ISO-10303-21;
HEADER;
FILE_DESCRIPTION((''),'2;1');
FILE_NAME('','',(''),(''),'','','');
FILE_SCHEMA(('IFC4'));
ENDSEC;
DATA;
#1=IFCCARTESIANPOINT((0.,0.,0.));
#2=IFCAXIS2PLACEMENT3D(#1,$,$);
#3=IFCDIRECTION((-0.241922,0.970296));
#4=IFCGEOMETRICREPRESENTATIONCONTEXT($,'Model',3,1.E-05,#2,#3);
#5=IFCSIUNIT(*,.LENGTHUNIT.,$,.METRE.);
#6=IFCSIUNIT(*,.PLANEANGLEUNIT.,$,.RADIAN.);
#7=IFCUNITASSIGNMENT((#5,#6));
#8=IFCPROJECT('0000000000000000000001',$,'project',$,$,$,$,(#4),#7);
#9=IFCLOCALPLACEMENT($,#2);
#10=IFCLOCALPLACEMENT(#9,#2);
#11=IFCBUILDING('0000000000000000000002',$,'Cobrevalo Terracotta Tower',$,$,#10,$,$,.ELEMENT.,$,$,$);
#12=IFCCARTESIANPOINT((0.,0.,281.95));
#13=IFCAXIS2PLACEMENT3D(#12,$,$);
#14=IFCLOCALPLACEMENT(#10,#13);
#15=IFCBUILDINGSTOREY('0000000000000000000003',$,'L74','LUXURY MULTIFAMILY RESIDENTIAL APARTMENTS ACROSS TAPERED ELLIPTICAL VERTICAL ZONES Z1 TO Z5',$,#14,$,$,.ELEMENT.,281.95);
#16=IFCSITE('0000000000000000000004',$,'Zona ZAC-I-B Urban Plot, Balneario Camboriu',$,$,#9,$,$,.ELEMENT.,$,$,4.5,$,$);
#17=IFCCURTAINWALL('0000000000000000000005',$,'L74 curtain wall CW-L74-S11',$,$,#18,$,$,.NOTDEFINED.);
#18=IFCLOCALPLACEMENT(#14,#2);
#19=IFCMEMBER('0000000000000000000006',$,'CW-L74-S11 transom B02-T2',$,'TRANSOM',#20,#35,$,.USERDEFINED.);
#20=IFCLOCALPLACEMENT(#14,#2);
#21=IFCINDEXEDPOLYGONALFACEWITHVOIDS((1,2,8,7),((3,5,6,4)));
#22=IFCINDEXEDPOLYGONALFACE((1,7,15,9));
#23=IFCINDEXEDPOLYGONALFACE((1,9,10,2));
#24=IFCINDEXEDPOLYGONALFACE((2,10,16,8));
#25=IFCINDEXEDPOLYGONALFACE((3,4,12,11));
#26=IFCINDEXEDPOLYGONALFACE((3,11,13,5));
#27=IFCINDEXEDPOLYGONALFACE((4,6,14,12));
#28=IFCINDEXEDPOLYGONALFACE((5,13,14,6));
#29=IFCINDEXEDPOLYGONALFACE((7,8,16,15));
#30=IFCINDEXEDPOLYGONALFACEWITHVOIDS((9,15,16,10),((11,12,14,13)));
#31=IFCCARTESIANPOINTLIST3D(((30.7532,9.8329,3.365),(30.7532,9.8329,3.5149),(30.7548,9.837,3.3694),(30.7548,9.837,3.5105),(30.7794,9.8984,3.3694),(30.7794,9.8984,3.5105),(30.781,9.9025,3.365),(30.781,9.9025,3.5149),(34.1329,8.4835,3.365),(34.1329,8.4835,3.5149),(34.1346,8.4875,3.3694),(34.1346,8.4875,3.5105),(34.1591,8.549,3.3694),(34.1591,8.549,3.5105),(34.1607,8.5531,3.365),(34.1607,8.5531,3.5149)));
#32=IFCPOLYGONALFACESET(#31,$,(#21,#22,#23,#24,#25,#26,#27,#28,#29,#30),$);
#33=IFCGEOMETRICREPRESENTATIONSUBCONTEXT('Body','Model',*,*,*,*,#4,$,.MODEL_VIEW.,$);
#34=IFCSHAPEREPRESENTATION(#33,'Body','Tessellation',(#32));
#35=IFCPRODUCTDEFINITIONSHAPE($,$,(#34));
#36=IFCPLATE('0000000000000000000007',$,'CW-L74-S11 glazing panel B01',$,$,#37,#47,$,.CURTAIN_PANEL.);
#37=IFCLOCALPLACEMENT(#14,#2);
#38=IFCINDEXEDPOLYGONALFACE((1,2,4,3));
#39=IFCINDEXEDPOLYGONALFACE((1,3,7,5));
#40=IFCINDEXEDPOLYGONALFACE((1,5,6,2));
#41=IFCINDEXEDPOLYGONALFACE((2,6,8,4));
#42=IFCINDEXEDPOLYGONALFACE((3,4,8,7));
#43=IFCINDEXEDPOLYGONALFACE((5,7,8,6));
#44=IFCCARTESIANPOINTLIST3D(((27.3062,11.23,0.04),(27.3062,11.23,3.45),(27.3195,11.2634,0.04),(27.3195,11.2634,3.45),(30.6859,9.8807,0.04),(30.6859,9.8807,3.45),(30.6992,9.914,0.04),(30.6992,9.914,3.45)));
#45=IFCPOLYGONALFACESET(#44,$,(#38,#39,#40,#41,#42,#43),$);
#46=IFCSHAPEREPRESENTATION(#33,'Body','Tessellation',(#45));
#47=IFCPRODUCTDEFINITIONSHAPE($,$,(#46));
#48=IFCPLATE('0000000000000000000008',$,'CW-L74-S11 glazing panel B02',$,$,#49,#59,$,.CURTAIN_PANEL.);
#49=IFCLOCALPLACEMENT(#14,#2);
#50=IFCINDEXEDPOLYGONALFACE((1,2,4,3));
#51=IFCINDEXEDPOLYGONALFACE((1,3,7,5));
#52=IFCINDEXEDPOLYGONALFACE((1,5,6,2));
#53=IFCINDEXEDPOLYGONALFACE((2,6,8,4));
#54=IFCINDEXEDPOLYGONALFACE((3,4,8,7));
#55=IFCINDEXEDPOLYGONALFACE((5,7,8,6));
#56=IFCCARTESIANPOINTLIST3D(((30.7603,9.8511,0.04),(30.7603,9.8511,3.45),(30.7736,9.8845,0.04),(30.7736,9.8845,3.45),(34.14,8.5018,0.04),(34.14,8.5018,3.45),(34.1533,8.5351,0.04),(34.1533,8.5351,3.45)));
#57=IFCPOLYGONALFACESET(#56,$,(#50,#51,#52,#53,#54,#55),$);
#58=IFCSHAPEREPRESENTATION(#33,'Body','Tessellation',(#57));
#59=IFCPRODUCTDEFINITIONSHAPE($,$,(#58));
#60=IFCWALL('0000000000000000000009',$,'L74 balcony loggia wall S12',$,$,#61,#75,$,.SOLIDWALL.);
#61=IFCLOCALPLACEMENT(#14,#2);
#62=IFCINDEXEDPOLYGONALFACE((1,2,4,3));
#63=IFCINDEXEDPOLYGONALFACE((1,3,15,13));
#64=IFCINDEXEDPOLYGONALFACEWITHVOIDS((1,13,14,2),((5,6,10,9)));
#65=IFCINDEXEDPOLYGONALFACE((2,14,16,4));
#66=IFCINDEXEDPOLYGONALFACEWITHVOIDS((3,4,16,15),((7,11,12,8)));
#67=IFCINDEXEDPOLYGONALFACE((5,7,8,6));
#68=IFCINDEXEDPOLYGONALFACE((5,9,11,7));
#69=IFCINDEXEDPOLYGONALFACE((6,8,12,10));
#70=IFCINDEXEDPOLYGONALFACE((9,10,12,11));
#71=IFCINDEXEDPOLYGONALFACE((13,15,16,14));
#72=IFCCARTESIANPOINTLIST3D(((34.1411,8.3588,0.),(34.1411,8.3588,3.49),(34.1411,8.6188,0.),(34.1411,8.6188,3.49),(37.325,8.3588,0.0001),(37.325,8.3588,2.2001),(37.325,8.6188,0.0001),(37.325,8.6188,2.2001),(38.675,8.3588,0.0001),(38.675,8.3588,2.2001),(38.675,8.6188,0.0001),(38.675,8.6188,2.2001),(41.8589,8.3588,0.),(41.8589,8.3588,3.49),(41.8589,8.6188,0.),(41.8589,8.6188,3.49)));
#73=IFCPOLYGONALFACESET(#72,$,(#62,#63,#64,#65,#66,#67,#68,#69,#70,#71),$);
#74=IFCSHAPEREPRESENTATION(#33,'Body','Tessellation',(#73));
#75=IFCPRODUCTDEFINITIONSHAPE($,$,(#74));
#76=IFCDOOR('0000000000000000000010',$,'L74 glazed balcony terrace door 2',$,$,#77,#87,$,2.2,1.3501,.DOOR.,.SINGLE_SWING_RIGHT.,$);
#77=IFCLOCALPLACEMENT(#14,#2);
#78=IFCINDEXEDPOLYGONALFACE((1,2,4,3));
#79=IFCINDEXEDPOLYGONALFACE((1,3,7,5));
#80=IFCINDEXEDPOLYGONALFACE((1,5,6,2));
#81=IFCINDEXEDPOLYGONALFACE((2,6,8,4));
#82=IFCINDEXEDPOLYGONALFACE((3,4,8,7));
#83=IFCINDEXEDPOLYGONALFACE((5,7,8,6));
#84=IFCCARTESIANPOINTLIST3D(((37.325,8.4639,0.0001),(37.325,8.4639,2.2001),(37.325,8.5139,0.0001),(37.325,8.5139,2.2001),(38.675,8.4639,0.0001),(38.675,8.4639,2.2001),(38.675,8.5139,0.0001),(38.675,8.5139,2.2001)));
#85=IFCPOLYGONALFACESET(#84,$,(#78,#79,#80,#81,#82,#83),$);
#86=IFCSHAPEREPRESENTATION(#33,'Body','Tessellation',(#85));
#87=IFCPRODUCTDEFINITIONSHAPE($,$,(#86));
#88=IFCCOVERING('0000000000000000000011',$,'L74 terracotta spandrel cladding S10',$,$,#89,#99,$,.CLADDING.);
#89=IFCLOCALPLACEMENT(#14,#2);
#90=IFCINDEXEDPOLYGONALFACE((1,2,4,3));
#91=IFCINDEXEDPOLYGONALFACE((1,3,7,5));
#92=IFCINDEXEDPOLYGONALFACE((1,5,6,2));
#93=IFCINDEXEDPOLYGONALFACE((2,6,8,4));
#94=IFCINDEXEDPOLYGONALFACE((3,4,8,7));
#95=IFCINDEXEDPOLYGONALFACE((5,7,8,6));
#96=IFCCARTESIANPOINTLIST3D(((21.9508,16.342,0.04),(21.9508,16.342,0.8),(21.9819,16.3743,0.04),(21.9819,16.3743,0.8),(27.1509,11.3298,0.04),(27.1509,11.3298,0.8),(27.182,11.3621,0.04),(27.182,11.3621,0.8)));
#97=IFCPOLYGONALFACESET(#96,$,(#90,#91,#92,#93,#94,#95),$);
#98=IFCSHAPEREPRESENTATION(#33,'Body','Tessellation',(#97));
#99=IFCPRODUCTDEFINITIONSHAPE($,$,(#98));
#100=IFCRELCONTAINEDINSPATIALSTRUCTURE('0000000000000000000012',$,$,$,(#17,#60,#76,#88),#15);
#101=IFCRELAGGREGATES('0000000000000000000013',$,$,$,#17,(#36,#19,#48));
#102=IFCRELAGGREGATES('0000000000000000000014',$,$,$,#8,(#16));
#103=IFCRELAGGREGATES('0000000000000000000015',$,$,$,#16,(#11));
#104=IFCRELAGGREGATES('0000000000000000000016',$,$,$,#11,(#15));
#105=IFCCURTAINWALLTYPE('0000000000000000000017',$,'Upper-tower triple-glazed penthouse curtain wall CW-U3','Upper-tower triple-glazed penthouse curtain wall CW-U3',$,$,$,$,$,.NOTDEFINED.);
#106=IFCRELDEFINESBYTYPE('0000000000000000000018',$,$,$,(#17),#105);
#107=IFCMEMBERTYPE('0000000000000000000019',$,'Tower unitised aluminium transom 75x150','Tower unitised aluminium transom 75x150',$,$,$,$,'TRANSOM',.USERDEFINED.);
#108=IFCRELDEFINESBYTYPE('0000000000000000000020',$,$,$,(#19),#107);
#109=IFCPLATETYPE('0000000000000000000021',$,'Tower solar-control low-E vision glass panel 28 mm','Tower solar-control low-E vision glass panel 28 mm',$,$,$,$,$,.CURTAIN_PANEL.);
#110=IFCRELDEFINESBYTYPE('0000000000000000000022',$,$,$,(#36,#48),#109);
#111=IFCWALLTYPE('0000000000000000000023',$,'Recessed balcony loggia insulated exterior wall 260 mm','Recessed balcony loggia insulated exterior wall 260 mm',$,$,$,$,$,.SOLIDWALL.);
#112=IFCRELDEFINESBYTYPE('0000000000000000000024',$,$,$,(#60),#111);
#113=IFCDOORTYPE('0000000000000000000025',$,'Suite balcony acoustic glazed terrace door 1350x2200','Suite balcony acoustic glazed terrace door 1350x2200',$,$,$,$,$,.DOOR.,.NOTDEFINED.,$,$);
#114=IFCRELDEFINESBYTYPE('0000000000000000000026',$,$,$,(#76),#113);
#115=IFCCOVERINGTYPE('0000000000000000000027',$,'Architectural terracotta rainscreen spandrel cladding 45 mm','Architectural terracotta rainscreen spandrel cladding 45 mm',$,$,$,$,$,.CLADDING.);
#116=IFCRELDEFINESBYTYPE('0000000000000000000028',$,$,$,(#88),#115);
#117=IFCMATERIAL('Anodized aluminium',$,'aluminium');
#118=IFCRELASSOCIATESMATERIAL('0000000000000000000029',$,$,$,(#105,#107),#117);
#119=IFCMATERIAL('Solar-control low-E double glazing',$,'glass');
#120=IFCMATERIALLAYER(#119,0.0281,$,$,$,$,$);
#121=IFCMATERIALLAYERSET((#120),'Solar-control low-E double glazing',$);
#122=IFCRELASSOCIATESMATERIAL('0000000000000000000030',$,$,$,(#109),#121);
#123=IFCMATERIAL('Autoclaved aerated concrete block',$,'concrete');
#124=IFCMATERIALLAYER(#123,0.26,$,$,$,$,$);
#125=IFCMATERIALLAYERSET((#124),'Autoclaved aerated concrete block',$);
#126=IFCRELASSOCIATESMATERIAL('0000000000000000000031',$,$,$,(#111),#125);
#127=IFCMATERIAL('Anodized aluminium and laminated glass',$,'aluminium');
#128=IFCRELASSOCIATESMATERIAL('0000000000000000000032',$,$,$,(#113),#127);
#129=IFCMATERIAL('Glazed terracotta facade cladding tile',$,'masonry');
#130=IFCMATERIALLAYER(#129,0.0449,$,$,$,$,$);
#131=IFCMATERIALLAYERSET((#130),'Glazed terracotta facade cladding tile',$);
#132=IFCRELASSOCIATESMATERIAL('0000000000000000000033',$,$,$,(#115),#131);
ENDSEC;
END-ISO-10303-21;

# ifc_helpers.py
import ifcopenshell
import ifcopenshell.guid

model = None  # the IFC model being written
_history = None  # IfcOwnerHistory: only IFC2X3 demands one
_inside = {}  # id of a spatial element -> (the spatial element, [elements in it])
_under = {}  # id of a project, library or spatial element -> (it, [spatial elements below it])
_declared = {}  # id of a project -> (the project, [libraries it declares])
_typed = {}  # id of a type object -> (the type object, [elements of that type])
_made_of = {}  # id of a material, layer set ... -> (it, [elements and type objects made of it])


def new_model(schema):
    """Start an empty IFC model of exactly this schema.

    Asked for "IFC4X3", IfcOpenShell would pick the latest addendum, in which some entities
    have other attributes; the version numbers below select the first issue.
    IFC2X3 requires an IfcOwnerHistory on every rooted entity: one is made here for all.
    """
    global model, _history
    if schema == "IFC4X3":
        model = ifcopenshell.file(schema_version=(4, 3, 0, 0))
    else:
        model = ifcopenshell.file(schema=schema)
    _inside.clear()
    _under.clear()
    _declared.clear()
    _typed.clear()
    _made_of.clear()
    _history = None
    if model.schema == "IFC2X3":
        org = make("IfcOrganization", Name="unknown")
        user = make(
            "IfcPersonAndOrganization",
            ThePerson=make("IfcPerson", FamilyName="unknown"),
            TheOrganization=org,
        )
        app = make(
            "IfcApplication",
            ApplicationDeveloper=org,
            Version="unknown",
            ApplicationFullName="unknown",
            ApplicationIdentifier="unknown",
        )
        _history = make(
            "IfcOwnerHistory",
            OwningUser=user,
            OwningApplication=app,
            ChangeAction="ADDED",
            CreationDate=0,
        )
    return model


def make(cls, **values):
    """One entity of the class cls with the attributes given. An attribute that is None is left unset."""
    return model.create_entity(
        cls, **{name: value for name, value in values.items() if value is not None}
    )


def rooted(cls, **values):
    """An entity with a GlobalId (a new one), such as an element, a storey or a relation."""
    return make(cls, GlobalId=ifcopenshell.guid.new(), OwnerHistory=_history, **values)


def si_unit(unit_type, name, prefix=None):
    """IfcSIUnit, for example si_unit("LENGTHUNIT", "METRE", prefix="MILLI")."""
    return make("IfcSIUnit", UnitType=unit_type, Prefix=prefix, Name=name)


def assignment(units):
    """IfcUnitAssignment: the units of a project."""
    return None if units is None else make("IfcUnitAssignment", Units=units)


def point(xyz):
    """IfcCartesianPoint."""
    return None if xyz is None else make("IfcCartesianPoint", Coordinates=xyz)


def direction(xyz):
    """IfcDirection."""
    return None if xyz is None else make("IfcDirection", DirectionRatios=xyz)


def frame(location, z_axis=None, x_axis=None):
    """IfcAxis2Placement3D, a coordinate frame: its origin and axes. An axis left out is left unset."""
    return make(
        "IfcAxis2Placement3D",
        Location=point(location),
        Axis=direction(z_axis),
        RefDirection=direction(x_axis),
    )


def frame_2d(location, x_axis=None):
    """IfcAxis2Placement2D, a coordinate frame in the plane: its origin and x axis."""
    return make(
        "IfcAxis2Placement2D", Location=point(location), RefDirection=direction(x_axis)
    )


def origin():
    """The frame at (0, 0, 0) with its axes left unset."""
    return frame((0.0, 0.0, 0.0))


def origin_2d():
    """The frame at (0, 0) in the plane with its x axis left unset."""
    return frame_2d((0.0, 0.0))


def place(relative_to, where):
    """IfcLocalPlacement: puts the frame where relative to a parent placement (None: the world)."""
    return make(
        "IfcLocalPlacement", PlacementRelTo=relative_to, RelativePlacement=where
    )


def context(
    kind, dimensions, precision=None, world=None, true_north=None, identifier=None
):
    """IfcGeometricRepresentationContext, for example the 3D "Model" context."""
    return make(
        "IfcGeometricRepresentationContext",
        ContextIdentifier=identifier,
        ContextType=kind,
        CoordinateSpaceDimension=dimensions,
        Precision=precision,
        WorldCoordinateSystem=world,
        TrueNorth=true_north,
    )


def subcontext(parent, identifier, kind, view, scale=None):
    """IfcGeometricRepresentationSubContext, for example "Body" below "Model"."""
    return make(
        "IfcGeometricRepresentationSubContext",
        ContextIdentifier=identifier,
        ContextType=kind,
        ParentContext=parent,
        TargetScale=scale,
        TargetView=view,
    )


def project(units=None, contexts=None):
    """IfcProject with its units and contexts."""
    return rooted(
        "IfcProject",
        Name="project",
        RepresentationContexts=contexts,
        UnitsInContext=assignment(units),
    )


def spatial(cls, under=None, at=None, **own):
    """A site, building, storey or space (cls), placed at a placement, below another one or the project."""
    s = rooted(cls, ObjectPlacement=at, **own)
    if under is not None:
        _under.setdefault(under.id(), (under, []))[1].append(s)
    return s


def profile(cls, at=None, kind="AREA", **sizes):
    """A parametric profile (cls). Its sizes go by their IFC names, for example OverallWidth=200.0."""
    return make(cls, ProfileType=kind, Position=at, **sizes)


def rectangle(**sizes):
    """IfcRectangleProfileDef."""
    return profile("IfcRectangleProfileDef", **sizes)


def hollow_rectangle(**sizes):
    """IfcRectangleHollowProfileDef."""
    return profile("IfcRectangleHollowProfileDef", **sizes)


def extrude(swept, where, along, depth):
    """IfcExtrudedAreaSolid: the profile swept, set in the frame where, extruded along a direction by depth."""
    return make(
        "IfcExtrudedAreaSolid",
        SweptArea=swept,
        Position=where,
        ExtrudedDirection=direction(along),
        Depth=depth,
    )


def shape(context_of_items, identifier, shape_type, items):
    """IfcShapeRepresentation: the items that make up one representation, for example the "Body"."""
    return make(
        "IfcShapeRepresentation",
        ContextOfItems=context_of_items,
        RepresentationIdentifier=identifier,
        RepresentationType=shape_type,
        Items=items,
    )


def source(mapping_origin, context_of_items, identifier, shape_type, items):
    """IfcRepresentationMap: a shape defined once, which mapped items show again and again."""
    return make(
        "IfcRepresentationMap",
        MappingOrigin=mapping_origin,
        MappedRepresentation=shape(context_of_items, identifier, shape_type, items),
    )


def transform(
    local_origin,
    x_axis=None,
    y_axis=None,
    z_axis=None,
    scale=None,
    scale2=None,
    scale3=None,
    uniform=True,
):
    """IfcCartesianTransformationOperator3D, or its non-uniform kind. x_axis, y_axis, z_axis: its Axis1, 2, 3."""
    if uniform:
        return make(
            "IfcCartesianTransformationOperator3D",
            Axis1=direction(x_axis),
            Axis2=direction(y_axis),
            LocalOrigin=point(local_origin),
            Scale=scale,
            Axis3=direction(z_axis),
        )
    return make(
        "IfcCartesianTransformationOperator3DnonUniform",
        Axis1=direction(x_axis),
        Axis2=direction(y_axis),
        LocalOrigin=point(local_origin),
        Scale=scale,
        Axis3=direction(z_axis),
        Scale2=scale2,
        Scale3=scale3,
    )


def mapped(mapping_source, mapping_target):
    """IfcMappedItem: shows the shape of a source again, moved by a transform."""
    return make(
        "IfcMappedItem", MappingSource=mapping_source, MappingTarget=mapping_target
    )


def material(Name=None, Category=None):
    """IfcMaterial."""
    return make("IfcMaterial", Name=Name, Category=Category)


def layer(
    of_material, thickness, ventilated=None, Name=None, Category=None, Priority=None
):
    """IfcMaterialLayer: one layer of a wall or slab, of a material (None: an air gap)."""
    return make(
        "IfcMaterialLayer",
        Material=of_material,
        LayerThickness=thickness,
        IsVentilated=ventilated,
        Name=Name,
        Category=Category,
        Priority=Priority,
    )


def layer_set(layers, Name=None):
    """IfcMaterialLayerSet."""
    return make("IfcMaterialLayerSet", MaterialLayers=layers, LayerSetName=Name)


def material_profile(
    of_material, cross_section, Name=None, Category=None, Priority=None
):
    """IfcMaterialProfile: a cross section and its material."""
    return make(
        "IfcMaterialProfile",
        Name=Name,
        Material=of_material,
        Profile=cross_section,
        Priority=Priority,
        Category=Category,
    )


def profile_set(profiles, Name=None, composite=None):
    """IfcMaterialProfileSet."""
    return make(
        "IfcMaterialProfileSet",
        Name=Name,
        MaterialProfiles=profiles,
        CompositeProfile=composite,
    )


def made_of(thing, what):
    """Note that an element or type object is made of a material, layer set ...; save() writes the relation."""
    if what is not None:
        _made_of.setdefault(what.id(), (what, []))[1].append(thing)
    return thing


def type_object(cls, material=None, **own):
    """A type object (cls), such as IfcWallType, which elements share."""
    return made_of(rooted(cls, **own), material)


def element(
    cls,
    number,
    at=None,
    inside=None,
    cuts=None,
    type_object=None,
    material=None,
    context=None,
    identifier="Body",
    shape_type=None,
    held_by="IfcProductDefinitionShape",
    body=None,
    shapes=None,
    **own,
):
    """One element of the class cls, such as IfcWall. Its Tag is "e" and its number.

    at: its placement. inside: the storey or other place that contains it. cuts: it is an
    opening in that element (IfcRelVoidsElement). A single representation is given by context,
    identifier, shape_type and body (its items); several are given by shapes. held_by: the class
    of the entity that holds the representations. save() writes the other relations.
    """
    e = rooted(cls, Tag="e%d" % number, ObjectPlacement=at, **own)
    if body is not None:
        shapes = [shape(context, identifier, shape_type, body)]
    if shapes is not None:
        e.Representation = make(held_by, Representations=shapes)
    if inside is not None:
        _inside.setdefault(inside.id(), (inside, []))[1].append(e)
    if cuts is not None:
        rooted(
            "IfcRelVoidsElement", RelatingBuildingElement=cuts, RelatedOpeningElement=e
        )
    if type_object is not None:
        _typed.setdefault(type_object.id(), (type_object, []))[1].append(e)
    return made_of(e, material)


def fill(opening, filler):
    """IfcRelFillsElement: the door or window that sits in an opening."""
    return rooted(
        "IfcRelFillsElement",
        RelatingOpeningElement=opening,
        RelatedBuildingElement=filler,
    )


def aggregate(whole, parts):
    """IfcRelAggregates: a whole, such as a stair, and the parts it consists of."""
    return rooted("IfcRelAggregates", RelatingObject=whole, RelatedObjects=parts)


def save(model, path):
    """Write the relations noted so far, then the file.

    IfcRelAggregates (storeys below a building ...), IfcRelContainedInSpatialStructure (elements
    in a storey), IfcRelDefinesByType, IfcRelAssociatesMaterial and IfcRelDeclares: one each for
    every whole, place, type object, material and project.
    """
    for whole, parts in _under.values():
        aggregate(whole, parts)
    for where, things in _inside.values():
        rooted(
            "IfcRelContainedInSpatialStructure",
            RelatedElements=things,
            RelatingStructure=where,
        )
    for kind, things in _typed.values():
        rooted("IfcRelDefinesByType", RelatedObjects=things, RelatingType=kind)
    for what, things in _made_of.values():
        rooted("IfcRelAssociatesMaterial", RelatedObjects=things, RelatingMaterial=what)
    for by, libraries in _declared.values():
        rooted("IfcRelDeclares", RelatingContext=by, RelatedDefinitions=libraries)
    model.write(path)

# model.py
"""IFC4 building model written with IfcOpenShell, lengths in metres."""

from ifc_helpers import new_model, si_unit, direction, frame, frame_2d, origin, origin_2d, place, context, subcontext, project, spatial, rectangle, hollow_rectangle, extrude, source, transform, mapped, material, layer, layer_set, material_profile, profile_set, type_object, element, fill, aggregate, save


model = new_model("IFC4")

# Units and contexts
model_context = context("Model", 3, precision=1e-05, world=origin(), true_north=direction((-0.241922, 0.970296)))
body_context = subcontext(model_context, "Body", "Model", "MODEL_VIEW")
ifc_project = project(units=[si_unit("LENGTHUNIT", "METRE"), si_unit("PLANEANGLEUNIT", "RADIAN")], contexts=[model_context])

# Site, building, storey
site_placement = place(None, origin())
site = spatial("IfcSite", under=ifc_project, at=site_placement, Name="Zona ZAC-I-B Urban Plot, Balneario Camboriu", CompositionType="ELEMENT", RefElevation=4.5)
building_placement = place(site_placement, origin())
building = spatial("IfcBuilding", under=site, at=building_placement, Name="Cobrevalo Terracotta Tower", CompositionType="ELEMENT")
storey_placement = place(building_placement, frame((0.0, 0.0, 281.95)))
storey = spatial("IfcBuildingStorey", under=building, at=storey_placement, Name="L74", Description="LUXURY MULTIFAMILY RESIDENTIAL APARTMENTS ACROSS TAPERED ELLIPTICAL VERTICAL ZONES Z1 TO Z5", CompositionType="ELEMENT", Elevation=281.95)

# Curtain wall, member, plates
ifc_material_1 = material(Name="Anodized aluminium", Category="aluminium")
curtain_wall_type = type_object("IfcCurtainWallType", Name="Upper-tower triple-glazed penthouse curtain wall CW-U3", Description="Upper-tower triple-glazed penthouse curtain wall CW-U3", PredefinedType="NOTDEFINED", material=ifc_material_1)
curtain_wall_placement = place(storey_placement, origin())
curtain_wall = element("IfcCurtainWall", 1, at=curtain_wall_placement, inside=storey, type_object=curtain_wall_type, Name="L74 curtain wall CW-L74-S11", PredefinedType="NOTDEFINED")
ifc_material_profile_1 = material_profile(ifc_material_1, hollow_rectangle(XDim=0.075, YDim=0.1499, WallThickness=0.0044, at=origin_2d()), Name="CWT 75x150")
ifc_profile_set_1 = profile_set([ifc_material_profile_1], Name="Anodized aluminium")
member_type_1 = type_object("IfcMemberType", Name="Tower unitised aluminium transom 75x150", Description="Tower unitised aluminium transom 75x150", ElementType="TRANSOM", PredefinedType="USERDEFINED", material=ifc_profile_set_1)
shared_shape_1 = source(origin(), body_context, "Body", "SweptSolid", [
    extrude(hollow_rectangle(XDim=0.075, YDim=0.1499, WallThickness=0.0044, at=origin_2d()), origin(), (0.0, 0.0, 1.0), 3.6392),
])
member_1_placement = place(storey_placement, frame((30.7671, 9.8677, 3.4399), z_axis=(0.928712, -0.370801, 0.0), x_axis=(0.370801, 0.928712, 0.0)))
member_1 = element("IfcMember", 2, at=member_1_placement, type_object=member_type_1, Name="CW-L74-S11 transom B02-T2", ObjectType="TRANSOM", PredefinedType="USERDEFINED", context=body_context, shape_type="MappedRepresentation", body=[
    mapped(shared_shape_1, transform((0.0, 0.0, 0.0), scale=1.0)),
])
ifc_material_2 = material(Name="Solar-control low-E double glazing", Category="glass")
ifc_layer_1 = layer(ifc_material_2, 0.0281)
ifc_layer_set_1 = layer_set([ifc_layer_1], Name="Solar-control low-E double glazing")
plate_type = type_object("IfcPlateType", Name="Tower solar-control low-E vision glass panel 28 mm", Description="Tower solar-control low-E vision glass panel 28 mm", PredefinedType="CURTAIN_PANEL", material=ifc_layer_set_1)
shared_shape_2 = source(origin(), body_context, "Body", "SweptSolid", [
    extrude(rectangle(XDim=3.6392, YDim=0.0359, at=origin_2d()), origin(), (0.0, 0.0, 1.0), 3.4099),
])
plate_1_placement = place(storey_placement, frame((29.0027, 10.572, 0.04), z_axis=(0.0, 0.0, 1.0), x_axis=(0.928718, -0.370786, 0.0)))
plate_1 = element("IfcPlate", 3, at=plate_1_placement, type_object=plate_type, Name="CW-L74-S11 glazing panel B01", PredefinedType="CURTAIN_PANEL", context=body_context, shape_type="MappedRepresentation", body=[
    mapped(shared_shape_2, transform((0.0, 0.0, 0.0), scale=1.0)),
])
plate_2_placement = place(storey_placement, frame((32.4568, 9.1931, 0.04), z_axis=(0.0, 0.0, 1.0), x_axis=(0.928718, -0.370786, 0.0)))
plate_2 = element("IfcPlate", 4, at=plate_2_placement, type_object=plate_type, Name="CW-L74-S11 glazing panel B02", PredefinedType="CURTAIN_PANEL", context=body_context, shape_type="MappedRepresentation", body=[
    mapped(shared_shape_2, transform((0.0, 0.0, 0.0), scale=1.0)),
])
aggregate(curtain_wall, [plate_1, member_1, plate_2])

# Wall, opening, door
ifc_material_3 = material(Name="Autoclaved aerated concrete block", Category="concrete")
ifc_layer_2 = layer(ifc_material_3, 0.26)
ifc_layer_set_2 = layer_set([ifc_layer_2], Name="Autoclaved aerated concrete block")
wall_type = type_object("IfcWallType", Name="Recessed balcony loggia insulated exterior wall 260 mm", Description="Recessed balcony loggia insulated exterior wall 260 mm", PredefinedType="SOLIDWALL", material=ifc_layer_set_2)
wall_placement = place(storey_placement, frame((34.1411, 8.4888, 0.0), z_axis=(0.0, 0.0, 1.0), x_axis=(1.0, 0.0, 0.0)))
wall = element("IfcWall", 5, at=wall_placement, inside=storey, type_object=wall_type, Name="L74 balcony loggia wall S12", PredefinedType="SOLIDWALL", context=body_context, shape_type="SweptSolid", body=[
    extrude(rectangle(XDim=7.7178, YDim=0.26, at=frame_2d((3.8589, 0.0))), origin(), (0.0, 0.0, 1.0), 3.49),
])
opening_placement = place(wall_placement, frame((3.1838, 0.0, 0.0)))
opening = element("IfcOpeningElement", 6, at=opening_placement, cuts=wall, PredefinedType="OPENING", context=body_context, shape_type="SweptSolid", body=[
    extrude(rectangle(XDim=1.3501, YDim=2.2, at=frame_2d((0.675, 1.1001))), frame((0.0, 0.1401, 0.0), z_axis=(0.0, -1.0, 0.0), x_axis=(1.0, 0.0, 0.0)), (0.0, 0.0, 1.0), 0.28),
])
ifc_material_4 = material(Name="Anodized aluminium and laminated glass", Category="aluminium")
door_type = type_object("IfcDoorType", Name="Suite balcony acoustic glazed terrace door 1350x2200", Description="Suite balcony acoustic glazed terrace door 1350x2200", OperationType="NOTDEFINED", PredefinedType="DOOR", material=ifc_material_4)
shared_shape_3 = source(origin(), body_context, "Body", "SweptSolid", [
    extrude(rectangle(XDim=1.3501, YDim=2.2, at=frame_2d((0.675, 1.1001))), frame((0.0, 0.0249, 0.0), z_axis=(0.0, -1.0, 0.0), x_axis=(1.0, 0.0, 0.0)), (0.0, 0.0, 1.0), 0.05),
])
door_placement = place(opening_placement, frame((1.3501, 0.0, 0.0), z_axis=(0.0, 0.0, 1.0), x_axis=(-1.0, 0.0, 0.0)))
door = element("IfcDoor", 7, at=door_placement, inside=storey, type_object=door_type, Name="L74 glazed balcony terrace door 2", OperationType="SINGLE_SWING_RIGHT", OverallHeight=2.2, OverallWidth=1.3501, PredefinedType="DOOR", context=body_context, shape_type="MappedRepresentation", body=[
    mapped(shared_shape_3, transform((0.0, 0.0, 0.0), scale=1.0)),
])
fill(opening, door)

# Covering
ifc_material_5 = material(Name="Glazed terracotta facade cladding tile", Category="masonry")
ifc_layer_3 = layer(ifc_material_5, 0.0449)
ifc_layer_set_3 = layer_set([ifc_layer_3], Name="Glazed terracotta facade cladding tile")
covering_type = type_object("IfcCoveringType", Name="Architectural terracotta rainscreen spandrel cladding 45 mm", Description="Architectural terracotta rainscreen spandrel cladding 45 mm", PredefinedType="CLADDING", material=ifc_layer_set_3)
shared_shape_4 = source(origin(), body_context, "Body", "SweptSolid", [
    extrude(rectangle(XDim=7.2224, YDim=0.0449, at=origin_2d()), origin(), (0.0, 0.0, 1.0), 0.76),
])
covering_placement = place(storey_placement, frame((24.5664, 13.8521, 0.04), z_axis=(0.0, 0.0, 1.0), x_axis=(0.719997, -0.693978, 0.0)))
element("IfcCovering", 8, at=covering_placement, inside=storey, type_object=covering_type, Name="L74 terracotta spandrel cladding S10", PredefinedType="CLADDING", context=body_context, shape_type="MappedRepresentation", body=[
    mapped(shared_shape_4, transform((0.0, 0.0, 0.0), scale=1.0)),
])

save(model, "model.ifc")
